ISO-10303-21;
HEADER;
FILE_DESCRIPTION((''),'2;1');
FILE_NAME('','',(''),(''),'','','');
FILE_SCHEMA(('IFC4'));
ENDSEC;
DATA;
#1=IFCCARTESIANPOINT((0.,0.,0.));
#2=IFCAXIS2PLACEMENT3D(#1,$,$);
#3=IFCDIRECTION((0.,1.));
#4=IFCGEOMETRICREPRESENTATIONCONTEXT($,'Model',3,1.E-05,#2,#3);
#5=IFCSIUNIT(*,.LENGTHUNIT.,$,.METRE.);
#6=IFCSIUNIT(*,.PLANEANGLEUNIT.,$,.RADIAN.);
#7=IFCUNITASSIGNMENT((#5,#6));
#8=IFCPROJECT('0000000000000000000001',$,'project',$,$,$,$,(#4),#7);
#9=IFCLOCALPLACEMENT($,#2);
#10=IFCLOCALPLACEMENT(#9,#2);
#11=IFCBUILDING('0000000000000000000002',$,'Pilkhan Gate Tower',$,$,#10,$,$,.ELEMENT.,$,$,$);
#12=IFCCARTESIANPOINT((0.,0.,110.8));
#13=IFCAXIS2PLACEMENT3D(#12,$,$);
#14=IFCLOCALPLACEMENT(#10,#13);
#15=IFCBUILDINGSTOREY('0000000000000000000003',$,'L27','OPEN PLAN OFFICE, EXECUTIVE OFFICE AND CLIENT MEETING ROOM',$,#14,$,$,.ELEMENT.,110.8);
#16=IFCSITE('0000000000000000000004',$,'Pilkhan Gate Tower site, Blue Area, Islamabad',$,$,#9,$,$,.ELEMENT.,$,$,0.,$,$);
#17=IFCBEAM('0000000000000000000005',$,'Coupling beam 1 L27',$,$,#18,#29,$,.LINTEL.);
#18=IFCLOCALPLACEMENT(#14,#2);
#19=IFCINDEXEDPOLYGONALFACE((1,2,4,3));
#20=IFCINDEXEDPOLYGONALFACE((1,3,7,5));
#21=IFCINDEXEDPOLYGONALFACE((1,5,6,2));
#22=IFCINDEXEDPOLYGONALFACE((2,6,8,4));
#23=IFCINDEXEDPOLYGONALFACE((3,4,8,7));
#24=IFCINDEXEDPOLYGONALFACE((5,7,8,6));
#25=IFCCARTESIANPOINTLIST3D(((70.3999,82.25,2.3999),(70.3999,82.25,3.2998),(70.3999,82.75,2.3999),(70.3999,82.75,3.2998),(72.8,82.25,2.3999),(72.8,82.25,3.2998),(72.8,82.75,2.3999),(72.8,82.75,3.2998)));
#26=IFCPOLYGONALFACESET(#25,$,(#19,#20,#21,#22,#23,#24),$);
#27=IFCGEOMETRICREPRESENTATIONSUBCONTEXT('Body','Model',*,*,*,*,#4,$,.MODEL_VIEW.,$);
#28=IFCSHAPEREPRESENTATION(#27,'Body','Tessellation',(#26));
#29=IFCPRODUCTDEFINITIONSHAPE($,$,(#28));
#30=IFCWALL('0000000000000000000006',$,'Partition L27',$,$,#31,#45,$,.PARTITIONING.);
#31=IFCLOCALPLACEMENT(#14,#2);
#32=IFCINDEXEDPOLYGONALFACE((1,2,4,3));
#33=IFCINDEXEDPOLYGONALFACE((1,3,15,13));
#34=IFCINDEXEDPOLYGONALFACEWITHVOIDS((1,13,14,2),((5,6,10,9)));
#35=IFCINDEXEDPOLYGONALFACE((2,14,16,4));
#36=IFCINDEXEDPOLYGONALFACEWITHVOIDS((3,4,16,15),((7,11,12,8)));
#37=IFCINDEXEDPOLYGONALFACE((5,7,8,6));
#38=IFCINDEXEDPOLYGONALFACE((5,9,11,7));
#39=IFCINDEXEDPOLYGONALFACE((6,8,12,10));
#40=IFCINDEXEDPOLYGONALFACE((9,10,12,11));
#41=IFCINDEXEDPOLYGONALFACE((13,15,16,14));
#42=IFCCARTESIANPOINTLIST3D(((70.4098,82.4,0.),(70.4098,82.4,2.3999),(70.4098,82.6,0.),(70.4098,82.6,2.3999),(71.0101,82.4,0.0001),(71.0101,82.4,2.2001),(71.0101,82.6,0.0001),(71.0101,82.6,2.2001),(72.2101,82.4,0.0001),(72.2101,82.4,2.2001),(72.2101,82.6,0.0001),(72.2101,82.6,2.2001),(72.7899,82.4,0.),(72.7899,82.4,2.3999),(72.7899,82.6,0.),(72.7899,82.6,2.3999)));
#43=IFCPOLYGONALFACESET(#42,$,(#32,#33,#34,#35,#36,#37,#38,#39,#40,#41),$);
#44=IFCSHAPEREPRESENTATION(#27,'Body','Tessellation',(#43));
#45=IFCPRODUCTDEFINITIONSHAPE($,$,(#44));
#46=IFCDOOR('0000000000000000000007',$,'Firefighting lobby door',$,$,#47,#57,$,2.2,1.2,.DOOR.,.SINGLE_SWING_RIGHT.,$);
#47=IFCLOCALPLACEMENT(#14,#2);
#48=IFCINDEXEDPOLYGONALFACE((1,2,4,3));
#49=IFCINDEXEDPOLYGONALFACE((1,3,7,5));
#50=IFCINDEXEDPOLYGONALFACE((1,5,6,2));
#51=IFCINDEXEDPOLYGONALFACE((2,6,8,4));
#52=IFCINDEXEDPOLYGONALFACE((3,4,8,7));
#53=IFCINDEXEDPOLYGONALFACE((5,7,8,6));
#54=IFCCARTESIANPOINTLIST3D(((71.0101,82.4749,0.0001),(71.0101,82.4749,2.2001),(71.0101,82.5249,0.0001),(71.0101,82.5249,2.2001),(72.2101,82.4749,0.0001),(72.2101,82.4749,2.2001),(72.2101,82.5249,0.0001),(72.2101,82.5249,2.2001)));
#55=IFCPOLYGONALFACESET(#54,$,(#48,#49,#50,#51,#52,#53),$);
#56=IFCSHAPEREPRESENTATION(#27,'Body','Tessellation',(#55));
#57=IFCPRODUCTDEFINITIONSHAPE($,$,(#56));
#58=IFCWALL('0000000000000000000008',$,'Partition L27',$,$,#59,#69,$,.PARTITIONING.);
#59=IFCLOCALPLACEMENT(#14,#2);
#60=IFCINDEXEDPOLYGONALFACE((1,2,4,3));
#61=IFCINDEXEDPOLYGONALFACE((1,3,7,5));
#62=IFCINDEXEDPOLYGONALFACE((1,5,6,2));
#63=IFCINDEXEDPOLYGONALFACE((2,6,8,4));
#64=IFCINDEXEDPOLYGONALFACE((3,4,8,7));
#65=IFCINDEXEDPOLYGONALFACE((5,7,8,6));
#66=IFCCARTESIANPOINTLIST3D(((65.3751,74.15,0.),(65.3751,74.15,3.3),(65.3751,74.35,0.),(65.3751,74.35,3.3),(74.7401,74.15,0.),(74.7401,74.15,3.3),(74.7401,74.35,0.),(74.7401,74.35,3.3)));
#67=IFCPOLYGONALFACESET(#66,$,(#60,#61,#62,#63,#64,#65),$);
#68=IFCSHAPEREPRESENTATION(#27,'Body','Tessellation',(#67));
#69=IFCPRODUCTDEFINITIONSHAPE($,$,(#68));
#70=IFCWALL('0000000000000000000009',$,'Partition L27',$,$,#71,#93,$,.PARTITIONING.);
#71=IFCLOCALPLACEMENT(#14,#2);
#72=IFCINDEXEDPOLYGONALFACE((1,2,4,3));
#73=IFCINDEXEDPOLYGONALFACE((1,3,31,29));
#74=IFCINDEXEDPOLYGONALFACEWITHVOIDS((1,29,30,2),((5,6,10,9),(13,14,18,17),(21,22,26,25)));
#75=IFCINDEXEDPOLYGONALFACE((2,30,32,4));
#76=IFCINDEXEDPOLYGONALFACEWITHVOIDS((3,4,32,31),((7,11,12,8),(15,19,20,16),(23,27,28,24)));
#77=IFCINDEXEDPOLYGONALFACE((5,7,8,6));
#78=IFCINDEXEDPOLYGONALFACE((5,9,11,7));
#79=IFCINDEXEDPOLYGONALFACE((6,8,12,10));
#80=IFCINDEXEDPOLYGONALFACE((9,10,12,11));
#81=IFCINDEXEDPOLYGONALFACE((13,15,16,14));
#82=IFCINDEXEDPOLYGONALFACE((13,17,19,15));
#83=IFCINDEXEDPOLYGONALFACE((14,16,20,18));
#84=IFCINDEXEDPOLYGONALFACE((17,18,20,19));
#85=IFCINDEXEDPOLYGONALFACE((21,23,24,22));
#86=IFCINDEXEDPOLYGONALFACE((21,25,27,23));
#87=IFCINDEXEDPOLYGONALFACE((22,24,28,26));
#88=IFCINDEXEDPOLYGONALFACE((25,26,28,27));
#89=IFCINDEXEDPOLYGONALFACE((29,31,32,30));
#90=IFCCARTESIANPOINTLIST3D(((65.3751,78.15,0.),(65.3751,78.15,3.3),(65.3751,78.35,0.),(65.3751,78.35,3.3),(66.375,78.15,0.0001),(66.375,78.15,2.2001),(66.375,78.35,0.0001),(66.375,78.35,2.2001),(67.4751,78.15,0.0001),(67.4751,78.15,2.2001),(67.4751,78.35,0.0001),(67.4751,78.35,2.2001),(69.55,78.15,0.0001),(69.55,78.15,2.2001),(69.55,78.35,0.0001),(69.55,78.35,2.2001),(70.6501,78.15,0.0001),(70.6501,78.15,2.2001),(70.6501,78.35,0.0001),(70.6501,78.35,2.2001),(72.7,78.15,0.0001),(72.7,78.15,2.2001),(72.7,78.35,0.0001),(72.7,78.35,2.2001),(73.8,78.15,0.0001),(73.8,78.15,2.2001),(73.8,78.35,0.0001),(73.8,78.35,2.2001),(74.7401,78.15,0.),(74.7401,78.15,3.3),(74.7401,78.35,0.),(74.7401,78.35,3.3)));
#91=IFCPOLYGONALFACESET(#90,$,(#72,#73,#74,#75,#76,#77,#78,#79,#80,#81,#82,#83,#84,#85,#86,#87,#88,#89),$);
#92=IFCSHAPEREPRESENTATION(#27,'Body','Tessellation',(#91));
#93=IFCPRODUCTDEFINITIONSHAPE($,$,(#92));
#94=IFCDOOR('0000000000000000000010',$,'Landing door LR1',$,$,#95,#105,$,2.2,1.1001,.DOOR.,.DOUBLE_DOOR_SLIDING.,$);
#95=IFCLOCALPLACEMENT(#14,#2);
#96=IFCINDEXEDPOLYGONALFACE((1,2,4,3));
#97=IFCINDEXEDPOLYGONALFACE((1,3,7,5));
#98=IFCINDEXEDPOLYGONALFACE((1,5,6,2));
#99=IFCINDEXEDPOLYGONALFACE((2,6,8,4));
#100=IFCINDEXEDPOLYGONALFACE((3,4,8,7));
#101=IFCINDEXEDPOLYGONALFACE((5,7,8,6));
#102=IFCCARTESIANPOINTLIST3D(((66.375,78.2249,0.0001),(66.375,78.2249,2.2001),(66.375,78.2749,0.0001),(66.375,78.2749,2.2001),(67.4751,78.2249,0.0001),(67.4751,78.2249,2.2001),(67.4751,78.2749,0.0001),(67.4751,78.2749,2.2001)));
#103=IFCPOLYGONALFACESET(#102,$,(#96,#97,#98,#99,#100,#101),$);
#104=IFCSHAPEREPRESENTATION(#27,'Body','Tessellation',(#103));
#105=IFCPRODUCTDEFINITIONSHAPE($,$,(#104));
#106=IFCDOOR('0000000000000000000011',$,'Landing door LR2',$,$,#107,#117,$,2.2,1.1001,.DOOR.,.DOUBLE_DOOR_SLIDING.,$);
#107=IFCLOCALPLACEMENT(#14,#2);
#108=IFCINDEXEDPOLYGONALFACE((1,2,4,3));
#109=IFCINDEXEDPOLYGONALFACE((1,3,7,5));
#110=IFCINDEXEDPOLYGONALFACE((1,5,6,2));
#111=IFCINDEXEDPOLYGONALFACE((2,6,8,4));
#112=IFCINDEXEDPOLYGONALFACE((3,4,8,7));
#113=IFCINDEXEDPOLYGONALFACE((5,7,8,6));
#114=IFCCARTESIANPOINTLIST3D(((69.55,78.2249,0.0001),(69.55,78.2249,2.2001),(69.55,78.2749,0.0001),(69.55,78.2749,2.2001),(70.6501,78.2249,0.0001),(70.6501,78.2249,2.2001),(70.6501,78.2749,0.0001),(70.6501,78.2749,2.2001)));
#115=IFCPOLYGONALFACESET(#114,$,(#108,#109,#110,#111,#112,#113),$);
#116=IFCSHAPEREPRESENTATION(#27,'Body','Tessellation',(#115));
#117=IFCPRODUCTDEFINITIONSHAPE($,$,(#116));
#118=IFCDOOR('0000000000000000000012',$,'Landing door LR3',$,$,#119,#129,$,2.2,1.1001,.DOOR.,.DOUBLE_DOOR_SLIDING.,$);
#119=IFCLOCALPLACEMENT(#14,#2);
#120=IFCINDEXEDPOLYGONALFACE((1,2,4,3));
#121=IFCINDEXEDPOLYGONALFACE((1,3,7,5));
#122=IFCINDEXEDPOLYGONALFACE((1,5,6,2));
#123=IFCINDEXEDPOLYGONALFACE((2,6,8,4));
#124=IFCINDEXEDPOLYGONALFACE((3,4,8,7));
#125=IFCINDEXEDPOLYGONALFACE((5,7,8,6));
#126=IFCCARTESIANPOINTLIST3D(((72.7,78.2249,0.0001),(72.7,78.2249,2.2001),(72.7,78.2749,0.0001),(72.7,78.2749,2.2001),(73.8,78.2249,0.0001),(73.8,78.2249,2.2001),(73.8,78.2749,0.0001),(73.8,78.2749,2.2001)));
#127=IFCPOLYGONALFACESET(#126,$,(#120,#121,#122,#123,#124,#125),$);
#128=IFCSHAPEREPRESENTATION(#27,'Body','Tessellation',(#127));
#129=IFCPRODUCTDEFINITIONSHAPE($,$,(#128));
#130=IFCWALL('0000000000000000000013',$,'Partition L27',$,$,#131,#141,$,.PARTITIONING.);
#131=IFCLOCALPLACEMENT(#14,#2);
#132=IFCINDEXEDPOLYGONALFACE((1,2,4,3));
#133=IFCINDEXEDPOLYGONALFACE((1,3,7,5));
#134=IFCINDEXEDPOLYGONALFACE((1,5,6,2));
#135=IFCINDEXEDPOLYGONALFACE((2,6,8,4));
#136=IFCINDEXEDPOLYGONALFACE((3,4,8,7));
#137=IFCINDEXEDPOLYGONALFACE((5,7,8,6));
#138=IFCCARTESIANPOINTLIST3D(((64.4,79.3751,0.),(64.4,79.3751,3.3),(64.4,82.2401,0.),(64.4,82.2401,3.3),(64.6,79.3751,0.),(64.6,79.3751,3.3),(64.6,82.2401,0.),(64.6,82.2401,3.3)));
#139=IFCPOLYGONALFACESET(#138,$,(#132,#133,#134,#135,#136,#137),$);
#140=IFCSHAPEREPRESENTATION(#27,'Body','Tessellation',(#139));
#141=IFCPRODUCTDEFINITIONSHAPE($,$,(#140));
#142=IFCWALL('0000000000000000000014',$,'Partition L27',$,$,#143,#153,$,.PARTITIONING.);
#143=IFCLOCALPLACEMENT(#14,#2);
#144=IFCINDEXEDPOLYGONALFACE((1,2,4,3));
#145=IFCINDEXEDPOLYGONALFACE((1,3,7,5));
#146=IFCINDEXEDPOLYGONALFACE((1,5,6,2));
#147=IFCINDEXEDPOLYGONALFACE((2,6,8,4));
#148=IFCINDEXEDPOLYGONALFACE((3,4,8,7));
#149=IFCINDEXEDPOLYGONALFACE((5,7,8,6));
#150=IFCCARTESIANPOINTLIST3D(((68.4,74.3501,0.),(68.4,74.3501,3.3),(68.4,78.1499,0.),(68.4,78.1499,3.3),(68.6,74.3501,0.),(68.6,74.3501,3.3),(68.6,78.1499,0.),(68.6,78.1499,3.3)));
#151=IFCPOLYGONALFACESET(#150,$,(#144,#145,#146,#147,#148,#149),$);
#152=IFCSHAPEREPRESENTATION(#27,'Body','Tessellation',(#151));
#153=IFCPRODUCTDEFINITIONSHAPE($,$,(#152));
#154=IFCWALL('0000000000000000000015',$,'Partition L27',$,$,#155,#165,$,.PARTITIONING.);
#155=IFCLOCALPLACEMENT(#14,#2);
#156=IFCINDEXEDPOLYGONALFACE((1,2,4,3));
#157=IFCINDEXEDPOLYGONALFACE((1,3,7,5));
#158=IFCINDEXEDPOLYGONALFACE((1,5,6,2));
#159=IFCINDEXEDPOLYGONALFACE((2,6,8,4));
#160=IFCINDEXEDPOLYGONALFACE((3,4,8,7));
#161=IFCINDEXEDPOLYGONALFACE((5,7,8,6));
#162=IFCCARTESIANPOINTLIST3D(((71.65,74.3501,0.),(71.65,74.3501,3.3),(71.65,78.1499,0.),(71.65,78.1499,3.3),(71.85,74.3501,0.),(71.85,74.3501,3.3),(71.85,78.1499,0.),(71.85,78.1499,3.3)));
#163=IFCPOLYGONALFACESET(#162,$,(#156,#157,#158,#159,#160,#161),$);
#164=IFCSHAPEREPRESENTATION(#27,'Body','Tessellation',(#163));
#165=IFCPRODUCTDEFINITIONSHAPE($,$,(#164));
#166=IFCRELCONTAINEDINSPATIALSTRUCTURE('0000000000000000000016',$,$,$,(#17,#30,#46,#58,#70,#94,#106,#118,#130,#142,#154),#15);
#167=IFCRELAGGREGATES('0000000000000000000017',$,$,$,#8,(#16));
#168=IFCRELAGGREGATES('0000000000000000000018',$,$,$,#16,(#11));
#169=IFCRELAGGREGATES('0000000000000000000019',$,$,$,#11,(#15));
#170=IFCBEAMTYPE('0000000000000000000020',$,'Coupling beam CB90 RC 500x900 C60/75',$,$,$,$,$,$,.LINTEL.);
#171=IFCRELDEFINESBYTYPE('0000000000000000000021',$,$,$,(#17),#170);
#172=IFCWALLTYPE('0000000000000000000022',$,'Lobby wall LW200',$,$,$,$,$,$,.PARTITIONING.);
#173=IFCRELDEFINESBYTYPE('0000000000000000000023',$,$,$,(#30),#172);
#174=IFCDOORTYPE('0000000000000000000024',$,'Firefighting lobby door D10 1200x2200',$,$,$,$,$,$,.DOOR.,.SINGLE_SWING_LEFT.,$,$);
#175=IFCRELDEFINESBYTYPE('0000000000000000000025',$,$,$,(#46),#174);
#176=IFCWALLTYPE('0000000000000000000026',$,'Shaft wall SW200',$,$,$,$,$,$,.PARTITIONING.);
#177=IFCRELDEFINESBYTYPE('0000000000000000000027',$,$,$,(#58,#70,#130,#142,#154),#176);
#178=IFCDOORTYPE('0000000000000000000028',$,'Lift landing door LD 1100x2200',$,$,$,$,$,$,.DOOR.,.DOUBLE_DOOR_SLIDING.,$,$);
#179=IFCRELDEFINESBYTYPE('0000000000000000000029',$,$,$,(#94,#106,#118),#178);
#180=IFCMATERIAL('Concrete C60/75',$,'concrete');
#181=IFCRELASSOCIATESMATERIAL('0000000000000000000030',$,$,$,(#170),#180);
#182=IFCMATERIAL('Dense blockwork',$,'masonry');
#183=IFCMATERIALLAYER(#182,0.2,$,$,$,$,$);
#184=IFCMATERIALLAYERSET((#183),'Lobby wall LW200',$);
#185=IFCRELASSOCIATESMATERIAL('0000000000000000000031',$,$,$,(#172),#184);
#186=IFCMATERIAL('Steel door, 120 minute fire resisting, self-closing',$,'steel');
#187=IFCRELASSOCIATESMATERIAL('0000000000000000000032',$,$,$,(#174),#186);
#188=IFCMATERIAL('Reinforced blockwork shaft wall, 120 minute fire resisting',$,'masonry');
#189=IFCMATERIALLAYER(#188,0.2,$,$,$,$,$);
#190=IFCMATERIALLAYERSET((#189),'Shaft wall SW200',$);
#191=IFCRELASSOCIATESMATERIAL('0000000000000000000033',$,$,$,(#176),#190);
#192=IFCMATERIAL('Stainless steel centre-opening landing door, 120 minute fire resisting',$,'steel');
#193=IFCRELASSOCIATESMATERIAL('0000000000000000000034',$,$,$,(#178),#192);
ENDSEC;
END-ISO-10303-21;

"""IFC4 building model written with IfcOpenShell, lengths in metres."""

from ifc_helpers import new_model, si_unit, direction, frame, frame_2d, origin, origin_2d, place, context, subcontext, project, spatial, rectangle, extrude, material, layer, layer_set, material_profile, profile_set, type_object, element, fill, save


model = new_model("IFC4")

# Units and contexts
model_context = context("Model", 3, precision=1e-05, world=origin(), true_north=direction((0.0, 1.0)))
body_context = subcontext(model_context, "Body", "Model", "MODEL_VIEW")
ifc_project = project(units=[si_unit("LENGTHUNIT", "METRE"), si_unit("PLANEANGLEUNIT", "RADIAN")], contexts=[model_context])

# Site, building, storey
site_placement = place(None, origin())
site = spatial("IfcSite", under=ifc_project, at=site_placement, Name="Pilkhan Gate Tower site, Blue Area, Islamabad", CompositionType="ELEMENT", RefElevation=0.0)
building_placement = place(site_placement, origin())
building = spatial("IfcBuilding", under=site, at=building_placement, Name="Pilkhan Gate Tower", CompositionType="ELEMENT")
storey_placement = place(building_placement, frame((0.0, 0.0, 110.8)))
storey = spatial("IfcBuildingStorey", under=building, at=storey_placement, Name="L27", Description="OPEN PLAN OFFICE, EXECUTIVE OFFICE AND CLIENT MEETING ROOM", CompositionType="ELEMENT", Elevation=110.8)

# Beam
ifc_material_1 = material(Name="Concrete C60/75", Category="concrete")
ifc_material_profile = material_profile(ifc_material_1, rectangle(XDim=0.5, YDim=0.8999, at=origin_2d()), Name="RC 500x900")
ifc_profile_set = profile_set([ifc_material_profile], Name="Concrete C60/75")
beam_type = type_object("IfcBeamType", Name="Coupling beam CB90 RC 500x900 C60/75", PredefinedType="LINTEL", material=ifc_profile_set)
beam_placement = place(storey_placement, frame((70.3999, 82.5, 2.8499), z_axis=(1.0, 0.0, 0.0), x_axis=(0.0, 1.0, 0.0)))
element("IfcBeam", 1, at=beam_placement, inside=storey, type_object=beam_type, Name="Coupling beam 1 L27", PredefinedType="LINTEL", context=body_context, shape_type="SweptSolid", body=[
    extrude(rectangle(XDim=0.5, YDim=0.8999, at=origin_2d()), origin(), (0.0, 0.0, 1.0), 2.4001),
])

# Wall, opening, door
ifc_material_2 = material(Name="Dense blockwork", Category="masonry")
ifc_layer_1 = layer(ifc_material_2, 0.2)
ifc_layer_set_1 = layer_set([ifc_layer_1], Name="Lobby wall LW200")
wall_type_1 = type_object("IfcWallType", Name="Lobby wall LW200", PredefinedType="PARTITIONING", material=ifc_layer_set_1)
wall_1_placement = place(storey_placement, frame((70.4099, 82.5, 0.0), z_axis=(0.0, 0.0, 1.0), x_axis=(1.0, 0.0, 0.0)))
wall_1 = element("IfcWall", 2, at=wall_1_placement, inside=storey, type_object=wall_type_1, Name="Partition L27", PredefinedType="PARTITIONING", context=body_context, shape_type="SweptSolid", body=[
    extrude(rectangle(XDim=2.3801, YDim=0.2, at=frame_2d((1.1899, 0.0))), origin(), (0.0, 0.0, 1.0), 2.3999),
])
opening_1_placement = place(wall_1_placement, frame((0.6001, 0.0, 0.0)))
opening_1 = element("IfcOpeningElement", 3, at=opening_1_placement, cuts=wall_1, PredefinedType="OPENING", context=body_context, shape_type="SweptSolid", body=[
    extrude(rectangle(XDim=1.2, YDim=2.2, at=frame_2d((0.6001, 1.1001))), frame((0.0, 0.1099, 0.0), z_axis=(0.0, -1.0, 0.0), x_axis=(1.0, 0.0, 0.0)), (0.0, 0.0, 1.0), 0.22),
])
ifc_material_3 = material(Name="Steel door, 120 minute fire resisting, self-closing", Category="steel")
door_type_1 = type_object("IfcDoorType", Name="Firefighting lobby door D10 1200x2200", OperationType="SINGLE_SWING_LEFT", PredefinedType="DOOR", material=ifc_material_3)
door_1_placement = place(opening_1_placement, origin())
door_1 = element("IfcDoor", 4, at=door_1_placement, inside=storey, type_object=door_type_1, Name="Firefighting lobby door", OperationType="SINGLE_SWING_RIGHT", OverallHeight=2.2, OverallWidth=1.2, PredefinedType="DOOR", context=body_context, shape_type="SweptSolid", body=[
    extrude(rectangle(XDim=1.2, YDim=2.2, at=frame_2d((0.6001, 1.1001))), frame((0.0, 0.0249, 0.0), z_axis=(0.0, -1.0, 0.0), x_axis=(1.0, 0.0, 0.0)), (0.0, 0.0, 1.0), 0.05),
])
fill(opening_1, door_1)

# Wall
ifc_material_4 = material(Name="Reinforced blockwork shaft wall, 120 minute fire resisting", Category="masonry")
ifc_layer_2 = layer(ifc_material_4, 0.2)
ifc_layer_set_2 = layer_set([ifc_layer_2], Name="Shaft wall SW200")
wall_type_2 = type_object("IfcWallType", Name="Shaft wall SW200", PredefinedType="PARTITIONING", material=ifc_layer_set_2)
wall_2_placement = place(storey_placement, frame((65.375, 74.25, 0.0), z_axis=(0.0, 0.0, 1.0), x_axis=(1.0, 0.0, 0.0)))
element("IfcWall", 5, at=wall_2_placement, inside=storey, type_object=wall_type_2, Name="Partition L27", PredefinedType="PARTITIONING", context=body_context, shape_type="SweptSolid", body=[
    extrude(rectangle(XDim=9.365, YDim=0.2, at=frame_2d((4.6826, 0.0))), origin(), (0.0, 0.0, 1.0), 3.3),
])

# Wall, openings, doors
wall_3_placement = place(storey_placement, frame((65.375, 78.25, 0.0), z_axis=(0.0, 0.0, 1.0), x_axis=(1.0, 0.0, 0.0)))
wall_3 = element("IfcWall", 6, at=wall_3_placement, inside=storey, type_object=wall_type_2, Name="Partition L27", PredefinedType="PARTITIONING", context=body_context, shape_type="SweptSolid", body=[
    extrude(rectangle(XDim=9.365, YDim=0.2, at=frame_2d((4.6826, 0.0))), origin(), (0.0, 0.0, 1.0), 3.3),
])
opening_2_placement = place(wall_3_placement, frame((1.0, 0.0, 0.0)))
opening_2 = element("IfcOpeningElement", 7, at=opening_2_placement, cuts=wall_3, PredefinedType="OPENING", context=body_context, shape_type="SweptSolid", body=[
    extrude(rectangle(XDim=1.1001, YDim=2.2, at=frame_2d((0.55, 1.1001))), frame((0.0, 0.1099, 0.0), z_axis=(0.0, -1.0, 0.0), x_axis=(1.0, 0.0, 0.0)), (0.0, 0.0, 1.0), 0.22),
])
opening_3_placement = place(wall_3_placement, frame((4.175, 0.0, 0.0)))
opening_3 = element("IfcOpeningElement", 8, at=opening_3_placement, cuts=wall_3, PredefinedType="OPENING", context=body_context, shape_type="SweptSolid", body=[
    extrude(rectangle(XDim=1.1001, YDim=2.2, at=frame_2d((0.55, 1.1001))), frame((0.0, 0.1099, 0.0), z_axis=(0.0, -1.0, 0.0), x_axis=(1.0, 0.0, 0.0)), (0.0, 0.0, 1.0), 0.22),
])
opening_4_placement = place(wall_3_placement, frame((7.325, 0.0, 0.0)))
opening_4 = element("IfcOpeningElement", 9, at=opening_4_placement, cuts=wall_3, PredefinedType="OPENING", context=body_context, shape_type="SweptSolid", body=[
    extrude(rectangle(XDim=1.1001, YDim=2.2, at=frame_2d((0.55, 1.1001))), frame((0.0, 0.1099, 0.0), z_axis=(0.0, -1.0, 0.0), x_axis=(1.0, 0.0, 0.0)), (0.0, 0.0, 1.0), 0.22),
])
ifc_material_5 = material(Name="Stainless steel centre-opening landing door, 120 minute fire resisting", Category="steel")
door_type_2 = type_object("IfcDoorType", Name="Lift landing door LD 1100x2200", OperationType="DOUBLE_DOOR_SLIDING", PredefinedType="DOOR", material=ifc_material_5)
door_2_placement = place(opening_2_placement, origin())
door_2 = element("IfcDoor", 10, at=door_2_placement, inside=storey, type_object=door_type_2, Name="Landing door LR1", OperationType="DOUBLE_DOOR_SLIDING", OverallHeight=2.2, OverallWidth=1.1001, PredefinedType="DOOR", context=body_context, shape_type="SweptSolid", body=[
    extrude(rectangle(XDim=1.1001, YDim=2.2, at=frame_2d((0.55, 1.1001))), frame((0.0, 0.0249, 0.0), z_axis=(0.0, -1.0, 0.0), x_axis=(1.0, 0.0, 0.0)), (0.0, 0.0, 1.0), 0.05),
])
fill(opening_2, door_2)
door_3_placement = place(opening_3_placement, origin())
door_3 = element("IfcDoor", 11, at=door_3_placement, inside=storey, type_object=door_type_2, Name="Landing door LR2", OperationType="DOUBLE_DOOR_SLIDING", OverallHeight=2.2, OverallWidth=1.1001, PredefinedType="DOOR", context=body_context, shape_type="SweptSolid", body=[
    extrude(rectangle(XDim=1.1001, YDim=2.2, at=frame_2d((0.55, 1.1001))), frame((0.0, 0.0249, 0.0), z_axis=(0.0, -1.0, 0.0), x_axis=(1.0, 0.0, 0.0)), (0.0, 0.0, 1.0), 0.05),
])
fill(opening_3, door_3)
door_4_placement = place(opening_4_placement, origin())
door_4 = element("IfcDoor", 12, at=door_4_placement, inside=storey, type_object=door_type_2, Name="Landing door LR3", OperationType="DOUBLE_DOOR_SLIDING", OverallHeight=2.2, OverallWidth=1.1001, PredefinedType="DOOR", context=body_context, shape_type="SweptSolid", body=[
    extrude(rectangle(XDim=1.1001, YDim=2.2, at=frame_2d((0.55, 1.1001))), frame((0.0, 0.0249, 0.0), z_axis=(0.0, -1.0, 0.0), x_axis=(1.0, 0.0, 0.0)), (0.0, 0.0, 1.0), 0.05),
])
fill(opening_4, door_4)

# Walls
wall_4_placement = place(storey_placement, frame((64.5, 79.375, 0.0), z_axis=(0.0, 0.0, 1.0), x_axis=(0.0, 1.0, 0.0)))
element("IfcWall", 13, at=wall_4_placement, inside=storey, type_object=wall_type_2, Name="Partition L27", PredefinedType="PARTITIONING", context=body_context, shape_type="SweptSolid", body=[
    extrude(rectangle(XDim=2.865, YDim=0.2, at=frame_2d((1.4326, 0.0))), origin(), (0.0, 0.0, 1.0), 3.3),
])
for number, where, z_axis, x_axis, name in (
    (14, (68.5, 74.3501, 0.0), (0.0, 0.0, 1.0), (0.0, 1.0, 0.0), "Partition L27"),
    (15, (71.75, 74.3501, 0.0), (0.0, 0.0, 1.0), (0.0, 1.0, 0.0), "Partition L27"),
):
    element("IfcWall", number, at=place(storey_placement, frame(where, z_axis=z_axis, x_axis=x_axis)), inside=storey, type_object=wall_type_2, Name=name, PredefinedType="PARTITIONING", context=body_context, shape_type="SweptSolid", body=[
        extrude(rectangle(XDim=3.7998, YDim=0.2, at=frame_2d((1.8999, 0.0))), origin(), (0.0, 0.0, 1.0), 3.3),
    ])

save(model, "model.ifc")
